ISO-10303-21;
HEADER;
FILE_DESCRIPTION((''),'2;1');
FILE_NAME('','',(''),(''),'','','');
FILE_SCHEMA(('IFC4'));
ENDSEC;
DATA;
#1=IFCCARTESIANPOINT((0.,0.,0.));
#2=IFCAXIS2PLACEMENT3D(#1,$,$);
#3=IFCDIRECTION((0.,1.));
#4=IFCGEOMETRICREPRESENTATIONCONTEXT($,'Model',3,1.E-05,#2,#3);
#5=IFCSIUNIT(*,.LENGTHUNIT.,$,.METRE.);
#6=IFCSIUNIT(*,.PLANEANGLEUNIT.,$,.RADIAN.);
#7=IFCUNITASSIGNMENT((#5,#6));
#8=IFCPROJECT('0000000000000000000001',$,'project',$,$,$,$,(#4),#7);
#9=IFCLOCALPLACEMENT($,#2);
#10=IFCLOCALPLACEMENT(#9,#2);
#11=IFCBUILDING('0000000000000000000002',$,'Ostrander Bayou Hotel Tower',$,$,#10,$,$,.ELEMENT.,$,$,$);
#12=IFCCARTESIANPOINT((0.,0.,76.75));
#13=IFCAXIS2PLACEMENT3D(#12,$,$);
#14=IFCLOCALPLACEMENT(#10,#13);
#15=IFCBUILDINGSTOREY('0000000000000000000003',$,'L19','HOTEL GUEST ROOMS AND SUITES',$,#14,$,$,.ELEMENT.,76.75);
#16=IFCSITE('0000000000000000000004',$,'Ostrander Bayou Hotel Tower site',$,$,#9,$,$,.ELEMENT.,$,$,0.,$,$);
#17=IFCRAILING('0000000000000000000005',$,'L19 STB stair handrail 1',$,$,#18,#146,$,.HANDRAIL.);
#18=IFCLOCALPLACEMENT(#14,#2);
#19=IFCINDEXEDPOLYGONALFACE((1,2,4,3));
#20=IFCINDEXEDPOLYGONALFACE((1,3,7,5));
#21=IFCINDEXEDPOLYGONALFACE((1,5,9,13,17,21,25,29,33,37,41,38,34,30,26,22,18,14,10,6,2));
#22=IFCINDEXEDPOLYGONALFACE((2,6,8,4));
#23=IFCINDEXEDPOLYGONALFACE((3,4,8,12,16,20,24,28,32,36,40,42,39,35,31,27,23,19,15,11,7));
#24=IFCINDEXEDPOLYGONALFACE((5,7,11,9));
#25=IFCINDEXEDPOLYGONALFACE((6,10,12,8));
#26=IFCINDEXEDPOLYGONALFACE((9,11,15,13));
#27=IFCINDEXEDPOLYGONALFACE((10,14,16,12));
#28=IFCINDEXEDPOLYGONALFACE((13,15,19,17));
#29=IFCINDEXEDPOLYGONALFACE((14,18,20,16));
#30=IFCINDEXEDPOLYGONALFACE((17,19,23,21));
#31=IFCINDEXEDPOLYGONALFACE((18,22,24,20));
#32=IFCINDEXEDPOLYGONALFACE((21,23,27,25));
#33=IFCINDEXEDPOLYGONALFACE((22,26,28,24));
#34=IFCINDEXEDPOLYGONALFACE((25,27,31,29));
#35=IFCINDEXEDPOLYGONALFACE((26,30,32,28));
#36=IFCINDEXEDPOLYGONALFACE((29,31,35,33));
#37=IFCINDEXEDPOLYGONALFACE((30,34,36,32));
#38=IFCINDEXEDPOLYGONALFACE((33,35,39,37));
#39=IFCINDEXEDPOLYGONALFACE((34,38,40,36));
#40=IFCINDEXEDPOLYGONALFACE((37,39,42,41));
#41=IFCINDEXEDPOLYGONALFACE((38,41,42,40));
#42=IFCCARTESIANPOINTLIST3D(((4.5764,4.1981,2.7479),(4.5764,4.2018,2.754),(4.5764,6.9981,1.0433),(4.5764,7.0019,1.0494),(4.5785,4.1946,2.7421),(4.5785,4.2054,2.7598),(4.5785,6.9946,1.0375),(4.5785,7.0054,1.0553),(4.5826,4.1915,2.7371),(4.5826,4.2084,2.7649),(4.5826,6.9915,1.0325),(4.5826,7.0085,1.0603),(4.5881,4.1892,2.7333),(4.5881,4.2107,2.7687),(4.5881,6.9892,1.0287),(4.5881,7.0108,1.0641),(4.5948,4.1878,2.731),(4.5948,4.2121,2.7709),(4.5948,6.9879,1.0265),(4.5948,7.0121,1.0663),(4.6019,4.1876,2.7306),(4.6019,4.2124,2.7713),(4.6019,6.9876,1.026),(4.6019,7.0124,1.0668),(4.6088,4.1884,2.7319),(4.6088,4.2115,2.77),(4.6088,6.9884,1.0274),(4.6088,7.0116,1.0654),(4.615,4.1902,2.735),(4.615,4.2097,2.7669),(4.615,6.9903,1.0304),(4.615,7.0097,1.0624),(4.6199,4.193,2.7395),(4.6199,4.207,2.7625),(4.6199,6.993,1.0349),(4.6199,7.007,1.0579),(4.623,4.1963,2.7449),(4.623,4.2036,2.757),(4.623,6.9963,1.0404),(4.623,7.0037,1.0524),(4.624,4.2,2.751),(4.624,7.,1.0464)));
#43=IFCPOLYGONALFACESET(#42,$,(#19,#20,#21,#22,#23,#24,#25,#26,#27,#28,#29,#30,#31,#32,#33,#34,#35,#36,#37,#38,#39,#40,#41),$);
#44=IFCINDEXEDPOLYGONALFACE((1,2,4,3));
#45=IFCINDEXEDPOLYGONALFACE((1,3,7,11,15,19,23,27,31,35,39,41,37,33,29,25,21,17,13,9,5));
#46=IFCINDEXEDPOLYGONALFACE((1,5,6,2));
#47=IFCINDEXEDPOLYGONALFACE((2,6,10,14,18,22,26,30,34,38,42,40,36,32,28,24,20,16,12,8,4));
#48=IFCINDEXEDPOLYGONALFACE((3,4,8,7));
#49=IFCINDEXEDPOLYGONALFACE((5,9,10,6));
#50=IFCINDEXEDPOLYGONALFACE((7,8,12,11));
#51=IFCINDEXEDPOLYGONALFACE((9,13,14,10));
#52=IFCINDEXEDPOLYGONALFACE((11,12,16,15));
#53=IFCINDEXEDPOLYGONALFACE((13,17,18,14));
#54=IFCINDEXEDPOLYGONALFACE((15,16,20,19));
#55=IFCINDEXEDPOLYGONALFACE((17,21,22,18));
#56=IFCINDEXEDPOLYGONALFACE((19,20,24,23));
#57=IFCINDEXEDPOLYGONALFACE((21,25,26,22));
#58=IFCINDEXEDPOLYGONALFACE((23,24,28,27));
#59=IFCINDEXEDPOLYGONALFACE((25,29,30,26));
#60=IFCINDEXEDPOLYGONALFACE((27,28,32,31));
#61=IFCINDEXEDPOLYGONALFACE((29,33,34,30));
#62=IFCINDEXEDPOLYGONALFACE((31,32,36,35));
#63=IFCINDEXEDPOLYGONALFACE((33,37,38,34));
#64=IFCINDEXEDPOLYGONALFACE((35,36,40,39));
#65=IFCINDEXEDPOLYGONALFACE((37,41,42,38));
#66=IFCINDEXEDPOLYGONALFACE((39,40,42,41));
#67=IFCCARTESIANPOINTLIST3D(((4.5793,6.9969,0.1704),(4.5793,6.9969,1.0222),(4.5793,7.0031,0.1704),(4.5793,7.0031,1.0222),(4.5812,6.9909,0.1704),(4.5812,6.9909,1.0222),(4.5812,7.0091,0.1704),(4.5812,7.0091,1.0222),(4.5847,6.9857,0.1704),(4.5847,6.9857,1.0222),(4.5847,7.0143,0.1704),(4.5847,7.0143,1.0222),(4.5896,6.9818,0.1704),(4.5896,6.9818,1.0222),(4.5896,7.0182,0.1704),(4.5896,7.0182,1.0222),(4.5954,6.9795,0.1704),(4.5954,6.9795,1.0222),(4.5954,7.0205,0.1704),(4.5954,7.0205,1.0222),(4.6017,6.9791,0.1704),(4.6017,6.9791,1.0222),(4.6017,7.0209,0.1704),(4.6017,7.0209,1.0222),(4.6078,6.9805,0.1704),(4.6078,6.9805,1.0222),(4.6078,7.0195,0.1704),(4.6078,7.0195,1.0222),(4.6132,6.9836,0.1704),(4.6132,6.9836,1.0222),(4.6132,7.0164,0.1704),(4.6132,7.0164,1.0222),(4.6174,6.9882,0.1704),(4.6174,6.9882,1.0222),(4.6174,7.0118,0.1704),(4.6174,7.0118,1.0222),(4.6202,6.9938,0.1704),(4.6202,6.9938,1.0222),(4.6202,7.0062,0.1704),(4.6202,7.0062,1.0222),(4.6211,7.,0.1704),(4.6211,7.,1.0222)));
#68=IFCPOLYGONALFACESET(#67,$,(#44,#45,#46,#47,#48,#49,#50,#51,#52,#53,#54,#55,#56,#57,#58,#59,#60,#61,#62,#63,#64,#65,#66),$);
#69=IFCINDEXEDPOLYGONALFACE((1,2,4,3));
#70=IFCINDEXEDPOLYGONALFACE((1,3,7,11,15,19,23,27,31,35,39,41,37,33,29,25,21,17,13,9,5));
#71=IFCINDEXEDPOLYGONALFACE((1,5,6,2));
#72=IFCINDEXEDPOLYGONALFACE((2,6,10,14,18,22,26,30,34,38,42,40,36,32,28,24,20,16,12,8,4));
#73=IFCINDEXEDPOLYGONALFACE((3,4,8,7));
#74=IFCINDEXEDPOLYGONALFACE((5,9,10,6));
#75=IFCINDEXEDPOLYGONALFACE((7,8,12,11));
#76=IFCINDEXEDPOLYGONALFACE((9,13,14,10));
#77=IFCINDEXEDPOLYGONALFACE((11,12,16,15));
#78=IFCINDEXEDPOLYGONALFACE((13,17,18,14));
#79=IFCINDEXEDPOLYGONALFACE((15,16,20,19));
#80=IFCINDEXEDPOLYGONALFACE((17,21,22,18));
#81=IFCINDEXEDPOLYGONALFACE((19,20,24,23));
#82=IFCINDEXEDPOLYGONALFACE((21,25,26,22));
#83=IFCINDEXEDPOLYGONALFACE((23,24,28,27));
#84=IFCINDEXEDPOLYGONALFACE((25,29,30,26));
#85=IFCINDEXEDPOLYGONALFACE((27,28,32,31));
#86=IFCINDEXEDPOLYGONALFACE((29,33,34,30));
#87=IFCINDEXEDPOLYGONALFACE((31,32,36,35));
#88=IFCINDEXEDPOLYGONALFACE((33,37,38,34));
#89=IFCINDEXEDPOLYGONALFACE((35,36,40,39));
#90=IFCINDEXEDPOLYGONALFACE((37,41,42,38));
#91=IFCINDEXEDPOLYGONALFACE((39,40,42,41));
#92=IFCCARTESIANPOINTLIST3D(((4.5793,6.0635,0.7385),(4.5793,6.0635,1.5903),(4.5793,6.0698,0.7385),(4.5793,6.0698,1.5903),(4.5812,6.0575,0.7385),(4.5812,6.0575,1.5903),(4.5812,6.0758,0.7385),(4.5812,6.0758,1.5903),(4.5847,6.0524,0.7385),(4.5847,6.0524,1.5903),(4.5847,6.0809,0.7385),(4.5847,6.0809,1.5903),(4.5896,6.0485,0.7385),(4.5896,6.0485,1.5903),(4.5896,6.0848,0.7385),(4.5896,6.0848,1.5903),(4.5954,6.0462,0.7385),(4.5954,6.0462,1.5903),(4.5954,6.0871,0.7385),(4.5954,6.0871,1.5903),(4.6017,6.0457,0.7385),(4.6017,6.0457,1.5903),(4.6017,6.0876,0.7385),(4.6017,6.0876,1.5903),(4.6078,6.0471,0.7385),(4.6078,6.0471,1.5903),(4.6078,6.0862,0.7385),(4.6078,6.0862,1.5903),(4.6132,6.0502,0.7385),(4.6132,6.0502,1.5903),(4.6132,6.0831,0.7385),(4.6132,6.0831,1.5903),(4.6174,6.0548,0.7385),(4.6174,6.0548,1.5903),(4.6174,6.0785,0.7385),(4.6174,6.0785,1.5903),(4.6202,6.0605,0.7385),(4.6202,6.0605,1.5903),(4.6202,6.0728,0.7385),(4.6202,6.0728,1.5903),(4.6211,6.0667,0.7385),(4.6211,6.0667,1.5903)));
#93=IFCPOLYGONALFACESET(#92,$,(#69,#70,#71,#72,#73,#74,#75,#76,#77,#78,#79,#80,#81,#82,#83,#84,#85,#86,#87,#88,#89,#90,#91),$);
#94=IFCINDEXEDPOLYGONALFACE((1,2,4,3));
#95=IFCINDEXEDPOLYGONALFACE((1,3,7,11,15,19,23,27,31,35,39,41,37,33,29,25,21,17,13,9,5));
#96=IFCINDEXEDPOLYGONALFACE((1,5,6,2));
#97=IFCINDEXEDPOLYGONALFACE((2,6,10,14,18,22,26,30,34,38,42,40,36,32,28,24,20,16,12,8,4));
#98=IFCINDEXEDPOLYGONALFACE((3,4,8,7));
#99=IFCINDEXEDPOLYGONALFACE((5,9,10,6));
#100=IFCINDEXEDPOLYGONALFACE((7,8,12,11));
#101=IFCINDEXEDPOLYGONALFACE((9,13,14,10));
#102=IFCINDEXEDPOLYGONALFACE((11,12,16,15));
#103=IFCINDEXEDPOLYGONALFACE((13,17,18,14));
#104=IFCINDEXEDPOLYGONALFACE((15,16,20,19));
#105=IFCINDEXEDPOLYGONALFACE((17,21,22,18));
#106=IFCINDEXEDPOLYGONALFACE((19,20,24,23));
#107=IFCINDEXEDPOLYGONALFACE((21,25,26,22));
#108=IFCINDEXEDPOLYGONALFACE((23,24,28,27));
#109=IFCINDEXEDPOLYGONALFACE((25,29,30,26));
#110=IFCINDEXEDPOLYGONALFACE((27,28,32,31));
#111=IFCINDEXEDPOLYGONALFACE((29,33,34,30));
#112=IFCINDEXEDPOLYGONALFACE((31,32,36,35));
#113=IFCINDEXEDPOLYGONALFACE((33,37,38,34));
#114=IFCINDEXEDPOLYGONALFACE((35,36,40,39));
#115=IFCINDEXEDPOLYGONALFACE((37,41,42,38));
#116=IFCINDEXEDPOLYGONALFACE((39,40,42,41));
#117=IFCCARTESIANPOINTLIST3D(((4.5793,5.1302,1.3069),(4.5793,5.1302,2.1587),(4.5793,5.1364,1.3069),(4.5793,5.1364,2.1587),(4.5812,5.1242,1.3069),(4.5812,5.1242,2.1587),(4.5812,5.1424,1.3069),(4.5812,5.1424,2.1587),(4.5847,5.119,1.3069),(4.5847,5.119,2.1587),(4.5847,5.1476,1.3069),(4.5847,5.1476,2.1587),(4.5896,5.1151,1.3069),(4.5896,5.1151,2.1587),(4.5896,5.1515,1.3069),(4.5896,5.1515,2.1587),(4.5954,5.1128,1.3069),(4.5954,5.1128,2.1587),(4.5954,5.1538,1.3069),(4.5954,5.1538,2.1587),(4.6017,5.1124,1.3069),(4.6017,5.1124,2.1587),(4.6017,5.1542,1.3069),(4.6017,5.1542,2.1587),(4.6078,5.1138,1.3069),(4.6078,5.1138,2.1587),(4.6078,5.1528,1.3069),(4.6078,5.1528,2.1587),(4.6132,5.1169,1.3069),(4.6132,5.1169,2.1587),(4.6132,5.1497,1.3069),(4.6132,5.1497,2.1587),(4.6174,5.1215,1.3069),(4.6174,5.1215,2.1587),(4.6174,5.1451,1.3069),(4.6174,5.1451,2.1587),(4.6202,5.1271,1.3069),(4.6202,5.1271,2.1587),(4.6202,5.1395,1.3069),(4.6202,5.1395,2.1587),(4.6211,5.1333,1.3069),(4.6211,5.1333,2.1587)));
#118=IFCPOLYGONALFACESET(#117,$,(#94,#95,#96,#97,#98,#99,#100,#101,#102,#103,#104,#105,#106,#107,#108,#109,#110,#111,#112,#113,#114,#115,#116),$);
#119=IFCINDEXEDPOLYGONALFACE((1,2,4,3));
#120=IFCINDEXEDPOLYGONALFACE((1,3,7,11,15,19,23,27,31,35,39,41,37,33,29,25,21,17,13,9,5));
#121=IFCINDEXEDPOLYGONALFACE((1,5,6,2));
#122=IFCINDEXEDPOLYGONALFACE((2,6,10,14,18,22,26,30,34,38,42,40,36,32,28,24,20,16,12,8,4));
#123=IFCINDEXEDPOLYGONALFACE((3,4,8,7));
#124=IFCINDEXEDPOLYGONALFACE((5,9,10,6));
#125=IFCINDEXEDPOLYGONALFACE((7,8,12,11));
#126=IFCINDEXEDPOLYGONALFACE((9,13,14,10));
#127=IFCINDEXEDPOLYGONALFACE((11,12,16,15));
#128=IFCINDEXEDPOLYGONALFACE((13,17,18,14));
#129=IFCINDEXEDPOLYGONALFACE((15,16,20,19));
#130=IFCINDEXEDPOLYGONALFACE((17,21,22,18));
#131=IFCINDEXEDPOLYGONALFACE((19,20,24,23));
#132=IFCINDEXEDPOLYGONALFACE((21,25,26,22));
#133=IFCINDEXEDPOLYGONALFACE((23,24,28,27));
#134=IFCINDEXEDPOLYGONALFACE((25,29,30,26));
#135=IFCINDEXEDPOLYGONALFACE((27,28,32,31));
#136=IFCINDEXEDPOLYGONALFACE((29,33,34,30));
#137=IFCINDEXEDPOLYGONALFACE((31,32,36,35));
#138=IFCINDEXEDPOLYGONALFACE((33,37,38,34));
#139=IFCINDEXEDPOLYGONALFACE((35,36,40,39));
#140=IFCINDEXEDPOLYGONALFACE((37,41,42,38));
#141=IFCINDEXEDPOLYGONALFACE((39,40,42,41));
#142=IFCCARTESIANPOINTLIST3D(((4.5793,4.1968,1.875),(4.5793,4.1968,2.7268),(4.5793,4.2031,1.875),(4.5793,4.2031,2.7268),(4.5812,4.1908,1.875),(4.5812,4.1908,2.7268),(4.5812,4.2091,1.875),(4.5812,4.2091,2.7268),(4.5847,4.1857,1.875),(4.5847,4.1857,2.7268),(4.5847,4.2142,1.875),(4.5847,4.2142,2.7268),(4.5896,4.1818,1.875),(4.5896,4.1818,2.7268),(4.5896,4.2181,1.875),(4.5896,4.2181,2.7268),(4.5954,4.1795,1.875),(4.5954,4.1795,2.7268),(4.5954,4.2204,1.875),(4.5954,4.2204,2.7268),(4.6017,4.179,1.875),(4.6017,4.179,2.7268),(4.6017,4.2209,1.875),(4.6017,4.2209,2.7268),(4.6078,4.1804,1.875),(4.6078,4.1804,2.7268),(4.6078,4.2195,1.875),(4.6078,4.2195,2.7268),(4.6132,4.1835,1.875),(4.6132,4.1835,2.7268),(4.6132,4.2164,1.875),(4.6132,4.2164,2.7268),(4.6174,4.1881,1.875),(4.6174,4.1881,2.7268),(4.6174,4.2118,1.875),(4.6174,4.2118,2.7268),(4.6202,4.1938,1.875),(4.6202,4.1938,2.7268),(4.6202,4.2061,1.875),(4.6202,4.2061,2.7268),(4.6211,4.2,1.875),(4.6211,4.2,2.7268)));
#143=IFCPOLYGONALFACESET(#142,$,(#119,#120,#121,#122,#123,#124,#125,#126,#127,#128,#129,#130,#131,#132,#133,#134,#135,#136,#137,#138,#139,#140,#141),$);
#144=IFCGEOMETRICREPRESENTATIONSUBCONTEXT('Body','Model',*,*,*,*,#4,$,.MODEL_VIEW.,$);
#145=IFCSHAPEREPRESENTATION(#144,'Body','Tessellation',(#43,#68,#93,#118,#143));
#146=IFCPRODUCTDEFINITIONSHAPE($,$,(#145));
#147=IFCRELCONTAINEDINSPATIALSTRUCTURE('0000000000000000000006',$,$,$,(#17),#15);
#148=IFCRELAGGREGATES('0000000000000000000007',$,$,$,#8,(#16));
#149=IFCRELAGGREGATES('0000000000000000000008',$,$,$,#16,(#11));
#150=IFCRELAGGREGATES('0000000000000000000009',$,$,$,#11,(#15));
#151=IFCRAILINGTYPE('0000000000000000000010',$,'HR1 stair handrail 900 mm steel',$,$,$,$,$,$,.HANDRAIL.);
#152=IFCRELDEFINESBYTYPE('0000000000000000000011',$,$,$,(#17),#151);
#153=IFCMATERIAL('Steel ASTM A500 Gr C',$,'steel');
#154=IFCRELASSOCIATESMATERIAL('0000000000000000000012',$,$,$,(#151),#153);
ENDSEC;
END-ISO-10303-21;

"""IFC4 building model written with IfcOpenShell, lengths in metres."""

from ifc_helpers import new_model, si_unit, direction, frame, origin, origin_2d, place, context, subcontext, project, spatial, circle, extrude, material, type_object, element, save


model = new_model("IFC4")

# Units and contexts
model_context = context("Model", 3, precision=1e-05, world=origin(), true_north=direction((0.0, 1.0)))
body_context = subcontext(model_context, "Body", "Model", "MODEL_VIEW")
ifc_project = project(units=[si_unit("LENGTHUNIT", "METRE"), si_unit("PLANEANGLEUNIT", "RADIAN")], contexts=[model_context])

# Site, building, storey
site_placement = place(None, origin())
site = spatial("IfcSite", under=ifc_project, at=site_placement, Name="Ostrander Bayou Hotel Tower site", CompositionType="ELEMENT", RefElevation=0.0)
building_placement = place(site_placement, origin())
building = spatial("IfcBuilding", under=site, at=building_placement, Name="Ostrander Bayou Hotel Tower", CompositionType="ELEMENT")
storey_placement = place(building_placement, frame((0.0, 0.0, 76.75)))
storey = spatial("IfcBuildingStorey", under=building, at=storey_placement, Name="L19", Description="HOTEL GUEST ROOMS AND SUITES", CompositionType="ELEMENT", Elevation=76.75)

# Railing
ifc_material_1 = material(Name="Steel ASTM A500 Gr C", Category="steel")
railing_type_1 = type_object("IfcRailingType", Name="HR1 stair handrail 900 mm steel", PredefinedType="HANDRAIL", material=ifc_material_1)
railing_1_placement = place(storey_placement, frame((4.6001, 7.0, 0.1704)))
element("IfcRailing", 1, at=railing_1_placement, inside=storey, type_object=railing_type_1, Name="L19 STB stair handrail 1", PredefinedType="HANDRAIL", context=body_context, shape_type="SweptSolid", body=[
    extrude(circle(Radius=0.0239, at=origin_2d()), frame((0.0, 0.0, 0.876), z_axis=(0.0, -0.85417, 0.519994), x_axis=(1.0, 0.0, 0.0)), (0.0, 0.0, 1.0), 3.2781),
    extrude(circle(Radius=0.021, at=origin_2d()), origin(), (0.0, 0.0, 1.0), 0.8518),
    extrude(circle(Radius=0.021, at=origin_2d()), frame((0.0, -0.9333, 0.5681)), (0.0, 0.0, 1.0), 0.8518),
    extrude(circle(Radius=0.021, at=origin_2d()), frame((0.0, -1.8667, 1.1365)), (0.0, 0.0, 1.0), 0.8518),
    extrude(circle(Radius=0.021, at=origin_2d()), frame((0.0, -2.8, 1.7046)), (0.0, 0.0, 1.0), 0.8518),
])

save(model, "model.ifc")
